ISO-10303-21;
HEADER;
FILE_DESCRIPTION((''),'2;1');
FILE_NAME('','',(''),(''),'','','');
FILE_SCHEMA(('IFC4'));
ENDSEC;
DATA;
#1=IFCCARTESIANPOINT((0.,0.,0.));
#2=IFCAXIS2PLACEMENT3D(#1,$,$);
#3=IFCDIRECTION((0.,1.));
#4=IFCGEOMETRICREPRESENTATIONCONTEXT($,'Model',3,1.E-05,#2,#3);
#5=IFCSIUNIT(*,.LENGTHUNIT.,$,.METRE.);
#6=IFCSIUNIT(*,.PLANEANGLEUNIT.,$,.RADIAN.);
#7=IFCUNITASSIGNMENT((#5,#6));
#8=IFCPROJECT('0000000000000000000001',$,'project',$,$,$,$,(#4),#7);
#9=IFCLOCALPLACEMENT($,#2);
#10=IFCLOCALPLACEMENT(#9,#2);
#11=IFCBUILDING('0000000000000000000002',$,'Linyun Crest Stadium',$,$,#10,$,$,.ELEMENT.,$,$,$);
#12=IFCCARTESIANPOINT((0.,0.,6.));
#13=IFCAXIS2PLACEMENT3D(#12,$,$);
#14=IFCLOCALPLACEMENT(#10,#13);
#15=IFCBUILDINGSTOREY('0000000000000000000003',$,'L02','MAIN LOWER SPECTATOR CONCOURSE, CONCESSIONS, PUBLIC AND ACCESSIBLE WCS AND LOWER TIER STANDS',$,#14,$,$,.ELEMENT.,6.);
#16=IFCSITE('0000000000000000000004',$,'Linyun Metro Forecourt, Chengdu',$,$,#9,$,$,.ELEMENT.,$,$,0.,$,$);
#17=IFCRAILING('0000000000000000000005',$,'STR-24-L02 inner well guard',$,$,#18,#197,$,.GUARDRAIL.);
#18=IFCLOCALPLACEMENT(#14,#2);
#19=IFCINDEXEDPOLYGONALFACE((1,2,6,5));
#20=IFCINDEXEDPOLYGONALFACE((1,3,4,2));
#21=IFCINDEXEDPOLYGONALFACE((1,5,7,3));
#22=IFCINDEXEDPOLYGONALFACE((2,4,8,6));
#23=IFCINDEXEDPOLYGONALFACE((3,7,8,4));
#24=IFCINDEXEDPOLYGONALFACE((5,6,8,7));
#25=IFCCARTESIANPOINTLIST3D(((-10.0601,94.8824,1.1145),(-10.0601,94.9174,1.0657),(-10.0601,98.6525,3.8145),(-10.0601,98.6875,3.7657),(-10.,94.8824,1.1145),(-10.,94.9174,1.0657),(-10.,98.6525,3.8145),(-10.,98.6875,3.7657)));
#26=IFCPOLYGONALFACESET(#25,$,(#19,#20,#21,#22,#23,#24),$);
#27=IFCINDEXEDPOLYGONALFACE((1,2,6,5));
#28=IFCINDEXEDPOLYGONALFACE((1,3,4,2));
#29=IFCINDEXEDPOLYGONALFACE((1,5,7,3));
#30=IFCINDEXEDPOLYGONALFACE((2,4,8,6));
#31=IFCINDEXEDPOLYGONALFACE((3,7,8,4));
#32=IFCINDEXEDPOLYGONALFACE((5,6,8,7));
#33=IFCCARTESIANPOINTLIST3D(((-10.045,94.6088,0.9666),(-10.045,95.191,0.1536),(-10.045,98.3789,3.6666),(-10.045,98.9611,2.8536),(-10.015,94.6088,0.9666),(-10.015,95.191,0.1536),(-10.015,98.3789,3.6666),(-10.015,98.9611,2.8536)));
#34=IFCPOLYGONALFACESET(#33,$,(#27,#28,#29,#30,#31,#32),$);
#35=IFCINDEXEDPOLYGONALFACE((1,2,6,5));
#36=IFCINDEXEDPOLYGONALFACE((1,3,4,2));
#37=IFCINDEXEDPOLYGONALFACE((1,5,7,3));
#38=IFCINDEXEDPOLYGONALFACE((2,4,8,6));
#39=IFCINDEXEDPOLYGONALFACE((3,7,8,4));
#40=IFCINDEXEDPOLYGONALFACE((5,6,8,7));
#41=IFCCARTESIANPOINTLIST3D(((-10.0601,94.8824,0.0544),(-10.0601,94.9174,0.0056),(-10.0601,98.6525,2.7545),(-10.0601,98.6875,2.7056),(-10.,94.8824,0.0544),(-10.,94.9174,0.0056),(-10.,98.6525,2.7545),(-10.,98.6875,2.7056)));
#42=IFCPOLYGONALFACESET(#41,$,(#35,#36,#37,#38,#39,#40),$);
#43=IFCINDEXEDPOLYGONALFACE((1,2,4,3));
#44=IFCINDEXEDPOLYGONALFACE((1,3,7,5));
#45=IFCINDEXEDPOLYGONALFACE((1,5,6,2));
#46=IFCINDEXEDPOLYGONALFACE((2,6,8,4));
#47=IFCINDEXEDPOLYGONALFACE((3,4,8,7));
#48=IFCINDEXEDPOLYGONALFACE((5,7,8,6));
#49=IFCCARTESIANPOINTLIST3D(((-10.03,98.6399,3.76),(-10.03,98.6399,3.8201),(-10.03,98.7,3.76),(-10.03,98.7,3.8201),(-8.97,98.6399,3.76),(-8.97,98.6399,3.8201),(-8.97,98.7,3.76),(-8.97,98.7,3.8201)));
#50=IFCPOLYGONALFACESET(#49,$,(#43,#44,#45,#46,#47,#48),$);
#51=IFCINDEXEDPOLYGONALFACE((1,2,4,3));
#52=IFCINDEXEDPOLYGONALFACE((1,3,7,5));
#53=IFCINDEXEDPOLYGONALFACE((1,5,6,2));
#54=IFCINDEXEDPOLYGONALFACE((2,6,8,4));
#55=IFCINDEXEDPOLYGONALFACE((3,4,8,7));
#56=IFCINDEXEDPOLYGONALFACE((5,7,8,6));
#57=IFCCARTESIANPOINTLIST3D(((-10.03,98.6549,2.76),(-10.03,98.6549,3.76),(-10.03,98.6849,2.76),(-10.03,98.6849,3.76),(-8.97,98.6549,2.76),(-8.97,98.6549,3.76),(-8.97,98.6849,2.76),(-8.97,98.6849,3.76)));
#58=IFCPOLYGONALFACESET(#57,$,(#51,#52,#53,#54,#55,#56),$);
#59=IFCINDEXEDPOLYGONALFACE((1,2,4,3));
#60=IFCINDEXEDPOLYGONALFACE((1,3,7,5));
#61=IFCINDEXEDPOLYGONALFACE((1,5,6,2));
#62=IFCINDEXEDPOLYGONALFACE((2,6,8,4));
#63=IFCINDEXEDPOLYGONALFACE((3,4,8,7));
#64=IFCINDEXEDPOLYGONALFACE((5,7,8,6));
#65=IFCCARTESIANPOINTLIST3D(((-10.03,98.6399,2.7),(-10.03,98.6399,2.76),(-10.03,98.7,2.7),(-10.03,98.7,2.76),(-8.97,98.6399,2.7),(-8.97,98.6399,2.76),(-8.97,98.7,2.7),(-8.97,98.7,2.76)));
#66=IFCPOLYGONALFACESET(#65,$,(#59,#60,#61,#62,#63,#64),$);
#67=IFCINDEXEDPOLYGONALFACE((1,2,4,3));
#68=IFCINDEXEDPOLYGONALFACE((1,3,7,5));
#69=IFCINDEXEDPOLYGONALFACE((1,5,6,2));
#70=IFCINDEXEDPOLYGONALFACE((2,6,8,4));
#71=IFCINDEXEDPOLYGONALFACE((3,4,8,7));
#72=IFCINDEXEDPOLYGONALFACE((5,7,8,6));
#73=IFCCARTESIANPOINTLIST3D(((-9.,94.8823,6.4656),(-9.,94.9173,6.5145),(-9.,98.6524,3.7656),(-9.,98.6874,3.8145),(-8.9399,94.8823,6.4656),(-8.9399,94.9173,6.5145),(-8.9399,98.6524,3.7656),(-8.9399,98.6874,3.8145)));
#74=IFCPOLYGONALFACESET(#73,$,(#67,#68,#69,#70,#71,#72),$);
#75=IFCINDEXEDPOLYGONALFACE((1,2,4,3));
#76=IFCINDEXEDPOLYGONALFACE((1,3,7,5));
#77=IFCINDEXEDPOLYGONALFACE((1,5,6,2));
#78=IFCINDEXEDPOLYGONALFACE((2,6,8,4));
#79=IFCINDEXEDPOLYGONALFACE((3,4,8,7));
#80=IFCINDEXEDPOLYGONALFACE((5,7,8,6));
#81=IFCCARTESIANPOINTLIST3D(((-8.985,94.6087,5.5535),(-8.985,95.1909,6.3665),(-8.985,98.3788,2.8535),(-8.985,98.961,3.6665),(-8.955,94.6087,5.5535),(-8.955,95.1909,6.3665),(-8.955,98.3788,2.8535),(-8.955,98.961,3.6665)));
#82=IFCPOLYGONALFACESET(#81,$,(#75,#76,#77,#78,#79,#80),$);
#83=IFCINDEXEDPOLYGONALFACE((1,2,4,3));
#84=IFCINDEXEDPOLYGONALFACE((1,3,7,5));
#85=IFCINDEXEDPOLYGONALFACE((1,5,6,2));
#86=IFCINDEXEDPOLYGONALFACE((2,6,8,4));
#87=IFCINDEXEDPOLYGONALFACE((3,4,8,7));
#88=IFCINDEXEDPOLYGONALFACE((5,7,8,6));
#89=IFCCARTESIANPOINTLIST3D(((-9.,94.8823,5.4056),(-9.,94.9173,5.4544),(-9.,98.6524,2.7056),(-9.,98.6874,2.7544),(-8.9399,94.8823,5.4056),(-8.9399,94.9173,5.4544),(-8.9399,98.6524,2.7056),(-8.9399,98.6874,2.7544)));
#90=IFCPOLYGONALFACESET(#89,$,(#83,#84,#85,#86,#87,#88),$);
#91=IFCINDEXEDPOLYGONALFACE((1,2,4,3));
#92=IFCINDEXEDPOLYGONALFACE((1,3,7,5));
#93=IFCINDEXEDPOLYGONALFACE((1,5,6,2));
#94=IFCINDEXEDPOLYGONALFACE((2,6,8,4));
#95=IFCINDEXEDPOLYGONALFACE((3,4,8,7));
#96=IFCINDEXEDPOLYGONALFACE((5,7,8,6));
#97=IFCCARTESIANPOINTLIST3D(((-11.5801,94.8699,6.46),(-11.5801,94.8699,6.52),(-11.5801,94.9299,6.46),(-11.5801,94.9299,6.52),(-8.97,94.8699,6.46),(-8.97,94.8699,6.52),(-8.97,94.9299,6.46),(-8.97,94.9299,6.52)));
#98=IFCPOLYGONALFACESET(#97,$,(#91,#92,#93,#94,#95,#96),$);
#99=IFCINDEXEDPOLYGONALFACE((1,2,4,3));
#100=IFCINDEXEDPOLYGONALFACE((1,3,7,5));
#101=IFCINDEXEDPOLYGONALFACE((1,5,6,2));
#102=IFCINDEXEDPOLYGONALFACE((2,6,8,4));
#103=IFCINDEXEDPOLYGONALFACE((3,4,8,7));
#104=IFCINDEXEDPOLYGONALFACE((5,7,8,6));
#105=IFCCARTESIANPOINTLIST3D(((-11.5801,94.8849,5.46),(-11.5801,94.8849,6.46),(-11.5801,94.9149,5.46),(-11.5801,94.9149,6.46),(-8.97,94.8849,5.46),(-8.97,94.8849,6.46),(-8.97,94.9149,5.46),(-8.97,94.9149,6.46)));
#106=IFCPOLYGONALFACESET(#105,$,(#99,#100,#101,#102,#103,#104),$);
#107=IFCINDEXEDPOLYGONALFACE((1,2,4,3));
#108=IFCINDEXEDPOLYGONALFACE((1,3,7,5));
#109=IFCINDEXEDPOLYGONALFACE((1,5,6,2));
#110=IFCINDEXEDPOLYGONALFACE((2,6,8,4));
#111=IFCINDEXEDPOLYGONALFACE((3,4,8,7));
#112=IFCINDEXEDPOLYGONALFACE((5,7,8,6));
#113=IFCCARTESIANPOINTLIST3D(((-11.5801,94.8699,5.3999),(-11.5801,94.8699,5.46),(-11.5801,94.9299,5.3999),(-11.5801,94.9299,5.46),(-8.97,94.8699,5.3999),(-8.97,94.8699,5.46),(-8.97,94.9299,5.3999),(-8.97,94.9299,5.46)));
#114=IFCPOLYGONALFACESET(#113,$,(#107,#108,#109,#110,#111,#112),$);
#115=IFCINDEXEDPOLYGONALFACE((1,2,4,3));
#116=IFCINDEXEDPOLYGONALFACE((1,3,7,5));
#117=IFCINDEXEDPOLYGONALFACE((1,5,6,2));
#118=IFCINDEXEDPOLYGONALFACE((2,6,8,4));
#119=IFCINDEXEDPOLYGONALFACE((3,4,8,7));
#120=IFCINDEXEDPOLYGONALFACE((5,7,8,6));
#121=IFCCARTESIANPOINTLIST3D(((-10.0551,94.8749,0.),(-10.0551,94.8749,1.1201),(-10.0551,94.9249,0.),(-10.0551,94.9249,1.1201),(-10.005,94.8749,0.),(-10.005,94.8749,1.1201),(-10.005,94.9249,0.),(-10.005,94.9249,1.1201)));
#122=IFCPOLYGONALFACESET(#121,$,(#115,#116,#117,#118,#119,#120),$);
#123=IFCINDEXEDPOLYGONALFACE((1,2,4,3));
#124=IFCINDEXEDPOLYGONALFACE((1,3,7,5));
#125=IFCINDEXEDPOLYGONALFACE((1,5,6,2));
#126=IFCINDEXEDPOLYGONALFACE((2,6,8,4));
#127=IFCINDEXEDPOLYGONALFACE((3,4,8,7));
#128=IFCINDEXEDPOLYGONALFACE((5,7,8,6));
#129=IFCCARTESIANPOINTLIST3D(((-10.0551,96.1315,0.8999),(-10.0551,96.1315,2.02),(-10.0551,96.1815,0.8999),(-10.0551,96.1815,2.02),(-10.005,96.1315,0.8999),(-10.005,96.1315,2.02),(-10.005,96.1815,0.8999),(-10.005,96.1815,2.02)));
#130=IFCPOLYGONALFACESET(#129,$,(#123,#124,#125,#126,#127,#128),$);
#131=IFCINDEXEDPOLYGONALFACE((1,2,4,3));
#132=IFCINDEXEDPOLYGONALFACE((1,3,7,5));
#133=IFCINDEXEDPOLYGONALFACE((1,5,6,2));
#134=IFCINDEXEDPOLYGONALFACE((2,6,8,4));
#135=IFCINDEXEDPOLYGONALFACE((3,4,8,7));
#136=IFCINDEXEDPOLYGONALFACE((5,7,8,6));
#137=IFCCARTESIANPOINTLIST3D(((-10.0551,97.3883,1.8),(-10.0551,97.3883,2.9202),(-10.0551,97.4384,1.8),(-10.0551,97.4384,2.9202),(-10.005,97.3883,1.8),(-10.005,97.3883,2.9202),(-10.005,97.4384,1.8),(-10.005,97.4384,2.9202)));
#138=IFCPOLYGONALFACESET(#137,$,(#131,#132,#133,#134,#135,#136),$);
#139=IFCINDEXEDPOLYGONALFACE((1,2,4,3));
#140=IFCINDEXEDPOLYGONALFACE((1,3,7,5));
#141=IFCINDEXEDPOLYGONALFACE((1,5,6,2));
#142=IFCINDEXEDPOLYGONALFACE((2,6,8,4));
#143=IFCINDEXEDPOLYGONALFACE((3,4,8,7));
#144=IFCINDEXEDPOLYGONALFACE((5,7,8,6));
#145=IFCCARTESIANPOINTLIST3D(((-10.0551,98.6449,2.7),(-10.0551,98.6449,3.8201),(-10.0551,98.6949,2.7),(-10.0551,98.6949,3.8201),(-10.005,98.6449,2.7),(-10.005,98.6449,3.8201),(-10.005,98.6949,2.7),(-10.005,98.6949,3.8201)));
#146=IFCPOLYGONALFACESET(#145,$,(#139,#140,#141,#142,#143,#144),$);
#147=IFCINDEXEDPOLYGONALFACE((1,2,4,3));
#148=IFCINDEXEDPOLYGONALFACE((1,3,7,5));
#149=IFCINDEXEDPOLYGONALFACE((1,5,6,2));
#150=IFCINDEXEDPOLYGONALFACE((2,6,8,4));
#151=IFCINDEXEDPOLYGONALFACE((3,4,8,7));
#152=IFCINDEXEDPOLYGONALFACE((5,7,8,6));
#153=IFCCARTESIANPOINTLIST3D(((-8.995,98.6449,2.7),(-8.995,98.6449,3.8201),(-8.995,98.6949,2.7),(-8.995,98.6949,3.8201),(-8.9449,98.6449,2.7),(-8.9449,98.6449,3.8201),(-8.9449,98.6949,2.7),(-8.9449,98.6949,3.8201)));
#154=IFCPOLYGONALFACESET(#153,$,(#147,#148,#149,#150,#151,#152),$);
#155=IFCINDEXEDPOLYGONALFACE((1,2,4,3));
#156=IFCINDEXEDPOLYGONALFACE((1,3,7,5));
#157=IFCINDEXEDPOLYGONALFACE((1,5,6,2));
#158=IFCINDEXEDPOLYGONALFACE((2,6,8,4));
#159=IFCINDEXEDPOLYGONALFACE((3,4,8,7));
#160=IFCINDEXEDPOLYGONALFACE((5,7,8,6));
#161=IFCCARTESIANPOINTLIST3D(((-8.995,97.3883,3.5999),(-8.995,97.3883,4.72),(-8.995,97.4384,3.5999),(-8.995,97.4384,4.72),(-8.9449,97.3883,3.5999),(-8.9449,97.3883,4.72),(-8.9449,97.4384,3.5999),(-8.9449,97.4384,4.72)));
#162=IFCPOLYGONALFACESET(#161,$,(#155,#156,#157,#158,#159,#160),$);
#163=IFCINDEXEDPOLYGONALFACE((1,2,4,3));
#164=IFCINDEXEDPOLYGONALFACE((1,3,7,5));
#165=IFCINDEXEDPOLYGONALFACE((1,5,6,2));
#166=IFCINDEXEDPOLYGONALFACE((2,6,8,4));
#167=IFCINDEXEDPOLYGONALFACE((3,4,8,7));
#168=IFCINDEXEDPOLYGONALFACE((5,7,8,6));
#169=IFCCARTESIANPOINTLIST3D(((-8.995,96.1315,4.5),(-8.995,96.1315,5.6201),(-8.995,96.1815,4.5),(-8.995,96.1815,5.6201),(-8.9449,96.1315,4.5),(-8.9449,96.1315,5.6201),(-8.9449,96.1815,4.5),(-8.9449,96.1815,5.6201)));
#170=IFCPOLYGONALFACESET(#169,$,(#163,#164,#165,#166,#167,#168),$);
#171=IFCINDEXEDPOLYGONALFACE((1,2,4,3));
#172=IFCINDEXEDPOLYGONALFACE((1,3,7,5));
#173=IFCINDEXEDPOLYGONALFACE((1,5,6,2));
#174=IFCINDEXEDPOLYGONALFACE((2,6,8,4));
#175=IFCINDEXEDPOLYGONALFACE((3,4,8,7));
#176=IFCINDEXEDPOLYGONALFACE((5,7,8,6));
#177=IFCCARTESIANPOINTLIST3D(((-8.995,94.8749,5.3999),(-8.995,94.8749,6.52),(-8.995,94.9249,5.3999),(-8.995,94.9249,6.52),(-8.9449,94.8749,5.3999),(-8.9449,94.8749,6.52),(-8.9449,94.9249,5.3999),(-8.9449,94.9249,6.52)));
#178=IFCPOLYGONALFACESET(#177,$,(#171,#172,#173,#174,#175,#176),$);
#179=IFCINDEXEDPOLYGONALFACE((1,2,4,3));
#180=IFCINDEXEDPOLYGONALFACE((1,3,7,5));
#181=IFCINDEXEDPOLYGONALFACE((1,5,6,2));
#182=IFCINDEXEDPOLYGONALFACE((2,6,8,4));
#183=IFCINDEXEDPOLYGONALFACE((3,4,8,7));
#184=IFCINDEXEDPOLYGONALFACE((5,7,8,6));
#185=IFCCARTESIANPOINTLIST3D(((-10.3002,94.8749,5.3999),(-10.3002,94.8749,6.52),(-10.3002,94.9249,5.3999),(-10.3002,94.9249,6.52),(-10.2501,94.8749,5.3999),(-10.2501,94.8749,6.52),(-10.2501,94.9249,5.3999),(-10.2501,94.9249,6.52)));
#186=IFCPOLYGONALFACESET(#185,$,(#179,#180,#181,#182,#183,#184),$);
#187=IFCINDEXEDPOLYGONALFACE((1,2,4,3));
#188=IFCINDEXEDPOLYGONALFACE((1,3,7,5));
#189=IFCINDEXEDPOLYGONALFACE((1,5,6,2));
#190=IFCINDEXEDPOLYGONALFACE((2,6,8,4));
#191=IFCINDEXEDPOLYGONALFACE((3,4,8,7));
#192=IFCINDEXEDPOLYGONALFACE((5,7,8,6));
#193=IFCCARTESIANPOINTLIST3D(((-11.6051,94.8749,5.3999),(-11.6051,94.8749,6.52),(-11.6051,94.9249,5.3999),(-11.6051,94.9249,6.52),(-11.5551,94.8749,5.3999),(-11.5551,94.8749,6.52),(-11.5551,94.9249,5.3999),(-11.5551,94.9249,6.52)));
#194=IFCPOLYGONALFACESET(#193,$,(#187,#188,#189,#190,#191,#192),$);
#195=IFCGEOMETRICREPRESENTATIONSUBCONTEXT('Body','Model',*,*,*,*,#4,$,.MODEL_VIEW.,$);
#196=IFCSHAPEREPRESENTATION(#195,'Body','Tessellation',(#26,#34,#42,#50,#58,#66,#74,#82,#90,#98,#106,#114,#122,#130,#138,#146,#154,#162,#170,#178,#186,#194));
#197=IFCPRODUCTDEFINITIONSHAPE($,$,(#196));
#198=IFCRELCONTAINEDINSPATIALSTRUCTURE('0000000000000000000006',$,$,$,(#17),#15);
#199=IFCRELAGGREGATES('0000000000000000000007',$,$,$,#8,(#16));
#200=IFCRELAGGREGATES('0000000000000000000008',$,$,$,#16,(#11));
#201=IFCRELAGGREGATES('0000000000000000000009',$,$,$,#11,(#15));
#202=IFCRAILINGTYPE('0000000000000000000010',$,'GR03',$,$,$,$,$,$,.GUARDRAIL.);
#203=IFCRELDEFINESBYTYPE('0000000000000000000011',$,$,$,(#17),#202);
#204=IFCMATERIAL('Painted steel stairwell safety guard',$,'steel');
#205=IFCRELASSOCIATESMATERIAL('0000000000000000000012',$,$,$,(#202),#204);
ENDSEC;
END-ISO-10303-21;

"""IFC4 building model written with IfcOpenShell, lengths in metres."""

from ifc_helpers import new_model, si_unit, direction, frame, origin, origin_2d, place, context, subcontext, project, spatial, rectangle, extrude, material, type_object, element, save


model = new_model("IFC4")

# Units and contexts
model_context = context("Model", 3, precision=1e-05, world=origin(), true_north=direction((0.0, 1.0)))
body_context = subcontext(model_context, "Body", "Model", "MODEL_VIEW")
ifc_project = project(units=[si_unit("LENGTHUNIT", "METRE"), si_unit("PLANEANGLEUNIT", "RADIAN")], contexts=[model_context])

# Site, building, storey
site_placement = place(None, origin())
site = spatial("IfcSite", under=ifc_project, at=site_placement, Name="Linyun Metro Forecourt, Chengdu", CompositionType="ELEMENT", RefElevation=0.0)
building_placement = place(site_placement, origin())
building = spatial("IfcBuilding", under=site, at=building_placement, Name="Linyun Crest Stadium", CompositionType="ELEMENT")
storey_placement = place(building_placement, frame((0.0, 0.0, 6.0)))
storey = spatial("IfcBuildingStorey", under=building, at=storey_placement, Name="L02", Description="MAIN LOWER SPECTATOR CONCOURSE, CONCESSIONS, PUBLIC AND ACCESSIBLE WCS AND LOWER TIER STANDS", CompositionType="ELEMENT", Elevation=6.0)

# Railing
ifc_material_1 = material(Name="Painted steel stairwell safety guard", Category="steel")
railing_type_1 = type_object("IfcRailingType", Name="GR03", PredefinedType="GUARDRAIL", material=ifc_material_1)
railing_1_placement = place(storey_placement, frame((-10.03, 94.8999, 0.0)))
element("IfcRailing", 1, at=railing_1_placement, inside=storey, type_object=railing_type_1, Name="STR-24-L02 inner well guard", PredefinedType="GUARDRAIL", context=body_context, shape_type="SweptSolid", body=[
    extrude(rectangle(XDim=0.0601, YDim=0.0601, at=origin_2d()), frame((0.0, 0.0, 1.0901), z_axis=(0.0, 0.813011, 0.582249), x_axis=(-1.0, 0.0, 0.0)), (0.0, 0.0, 1.0), 4.6372),
    extrude(rectangle(XDim=0.03, YDim=1.0, at=origin_2d()), frame((0.0, 0.0, 0.5601), z_axis=(0.0, 0.813011, 0.582249), x_axis=(-1.0, 0.0, 0.0)), (0.0, 0.0, 1.0), 4.6372),
    extrude(rectangle(XDim=0.0601, YDim=0.0601, at=origin_2d()), frame((0.0, 0.0, 0.03), z_axis=(0.0, 0.813011, 0.582249), x_axis=(-1.0, 0.0, 0.0)), (0.0, 0.0, 1.0), 4.6372),
    extrude(rectangle(XDim=0.0601, YDim=0.0601, at=origin_2d()), frame((0.0, 3.77, 3.79), z_axis=(1.0, 0.0, 0.0), x_axis=(0.0, 1.0, 0.0)), (0.0, 0.0, 1.0), 1.0601),
    extrude(rectangle(XDim=0.03, YDim=1.0, at=origin_2d()), frame((0.0, 3.77, 3.26), z_axis=(1.0, 0.0, 0.0), x_axis=(0.0, 1.0, 0.0)), (0.0, 0.0, 1.0), 1.0601),
    extrude(rectangle(XDim=0.0601, YDim=0.0601, at=origin_2d()), frame((0.0, 3.77, 2.73), z_axis=(1.0, 0.0, 0.0), x_axis=(0.0, 1.0, 0.0)), (0.0, 0.0, 1.0), 1.0601),
    extrude(rectangle(XDim=0.0601, YDim=0.0601, at=origin_2d()), frame((1.0601, 3.77, 3.79), z_axis=(0.0, -0.813011, 0.582249), x_axis=(1.0, 0.0, 0.0)), (0.0, 0.0, 1.0), 4.6372),
    extrude(rectangle(XDim=0.03, YDim=1.0, at=origin_2d()), frame((1.0601, 3.77, 3.26), z_axis=(0.0, -0.813011, 0.582249), x_axis=(1.0, 0.0, 0.0)), (0.0, 0.0, 1.0), 4.6372),
    extrude(rectangle(XDim=0.0601, YDim=0.0601, at=origin_2d()), frame((1.0601, 3.77, 2.73), z_axis=(0.0, -0.813011, 0.582249), x_axis=(1.0, 0.0, 0.0)), (0.0, 0.0, 1.0), 4.6372),
    extrude(rectangle(XDim=0.0601, YDim=0.0601, at=origin_2d()), frame((1.0601, 0.0, 6.49), z_axis=(-1.0, 0.0, 0.0), x_axis=(0.0, -1.0, 0.0)), (0.0, 0.0, 1.0), 2.6101),
    extrude(rectangle(XDim=0.03, YDim=1.0, at=origin_2d()), frame((1.0601, 0.0, 5.96), z_axis=(-1.0, 0.0, 0.0), x_axis=(0.0, -1.0, 0.0)), (0.0, 0.0, 1.0), 2.6101),
    extrude(rectangle(XDim=0.0601, YDim=0.0601, at=origin_2d()), frame((1.0601, 0.0, 5.4299), z_axis=(-1.0, 0.0, 0.0), x_axis=(0.0, -1.0, 0.0)), (0.0, 0.0, 1.0), 2.6101),
    extrude(rectangle(XDim=0.05, YDim=0.05, at=origin_2d()), origin(), (0.0, 0.0, 1.0), 1.1201),
    extrude(rectangle(XDim=0.05, YDim=0.05, at=origin_2d()), frame((0.0, 1.2566, 0.8999)), (0.0, 0.0, 1.0), 1.1201),
    extrude(rectangle(XDim=0.05, YDim=0.05, at=origin_2d()), frame((0.0, 2.5134, 1.8)), (0.0, 0.0, 1.0), 1.1201),
    extrude(rectangle(XDim=0.05, YDim=0.05, at=origin_2d()), frame((0.0, 3.77, 2.7)), (0.0, 0.0, 1.0), 1.1201),
    extrude(rectangle(XDim=0.05, YDim=0.05, at=origin_2d()), frame((1.0601, 3.77, 2.7)), (0.0, 0.0, 1.0), 1.1201),
    extrude(rectangle(XDim=0.05, YDim=0.05, at=origin_2d()), frame((1.0601, 2.5134, 3.5999)), (0.0, 0.0, 1.0), 1.1201),
    extrude(rectangle(XDim=0.05, YDim=0.05, at=origin_2d()), frame((1.0601, 1.2566, 4.5)), (0.0, 0.0, 1.0), 1.1201),
    extrude(rectangle(XDim=0.05, YDim=0.05, at=origin_2d()), frame((1.0601, 0.0, 5.3999)), (0.0, 0.0, 1.0), 1.1201),
    extrude(rectangle(XDim=0.05, YDim=0.05, at=origin_2d()), frame((-0.2451, 0.0, 5.3999)), (0.0, 0.0, 1.0), 1.1201),
    extrude(rectangle(XDim=0.05, YDim=0.05, at=origin_2d()), frame((-1.55, 0.0, 5.3999)), (0.0, 0.0, 1.0), 1.1201),
])

save(model, "model.ifc")
